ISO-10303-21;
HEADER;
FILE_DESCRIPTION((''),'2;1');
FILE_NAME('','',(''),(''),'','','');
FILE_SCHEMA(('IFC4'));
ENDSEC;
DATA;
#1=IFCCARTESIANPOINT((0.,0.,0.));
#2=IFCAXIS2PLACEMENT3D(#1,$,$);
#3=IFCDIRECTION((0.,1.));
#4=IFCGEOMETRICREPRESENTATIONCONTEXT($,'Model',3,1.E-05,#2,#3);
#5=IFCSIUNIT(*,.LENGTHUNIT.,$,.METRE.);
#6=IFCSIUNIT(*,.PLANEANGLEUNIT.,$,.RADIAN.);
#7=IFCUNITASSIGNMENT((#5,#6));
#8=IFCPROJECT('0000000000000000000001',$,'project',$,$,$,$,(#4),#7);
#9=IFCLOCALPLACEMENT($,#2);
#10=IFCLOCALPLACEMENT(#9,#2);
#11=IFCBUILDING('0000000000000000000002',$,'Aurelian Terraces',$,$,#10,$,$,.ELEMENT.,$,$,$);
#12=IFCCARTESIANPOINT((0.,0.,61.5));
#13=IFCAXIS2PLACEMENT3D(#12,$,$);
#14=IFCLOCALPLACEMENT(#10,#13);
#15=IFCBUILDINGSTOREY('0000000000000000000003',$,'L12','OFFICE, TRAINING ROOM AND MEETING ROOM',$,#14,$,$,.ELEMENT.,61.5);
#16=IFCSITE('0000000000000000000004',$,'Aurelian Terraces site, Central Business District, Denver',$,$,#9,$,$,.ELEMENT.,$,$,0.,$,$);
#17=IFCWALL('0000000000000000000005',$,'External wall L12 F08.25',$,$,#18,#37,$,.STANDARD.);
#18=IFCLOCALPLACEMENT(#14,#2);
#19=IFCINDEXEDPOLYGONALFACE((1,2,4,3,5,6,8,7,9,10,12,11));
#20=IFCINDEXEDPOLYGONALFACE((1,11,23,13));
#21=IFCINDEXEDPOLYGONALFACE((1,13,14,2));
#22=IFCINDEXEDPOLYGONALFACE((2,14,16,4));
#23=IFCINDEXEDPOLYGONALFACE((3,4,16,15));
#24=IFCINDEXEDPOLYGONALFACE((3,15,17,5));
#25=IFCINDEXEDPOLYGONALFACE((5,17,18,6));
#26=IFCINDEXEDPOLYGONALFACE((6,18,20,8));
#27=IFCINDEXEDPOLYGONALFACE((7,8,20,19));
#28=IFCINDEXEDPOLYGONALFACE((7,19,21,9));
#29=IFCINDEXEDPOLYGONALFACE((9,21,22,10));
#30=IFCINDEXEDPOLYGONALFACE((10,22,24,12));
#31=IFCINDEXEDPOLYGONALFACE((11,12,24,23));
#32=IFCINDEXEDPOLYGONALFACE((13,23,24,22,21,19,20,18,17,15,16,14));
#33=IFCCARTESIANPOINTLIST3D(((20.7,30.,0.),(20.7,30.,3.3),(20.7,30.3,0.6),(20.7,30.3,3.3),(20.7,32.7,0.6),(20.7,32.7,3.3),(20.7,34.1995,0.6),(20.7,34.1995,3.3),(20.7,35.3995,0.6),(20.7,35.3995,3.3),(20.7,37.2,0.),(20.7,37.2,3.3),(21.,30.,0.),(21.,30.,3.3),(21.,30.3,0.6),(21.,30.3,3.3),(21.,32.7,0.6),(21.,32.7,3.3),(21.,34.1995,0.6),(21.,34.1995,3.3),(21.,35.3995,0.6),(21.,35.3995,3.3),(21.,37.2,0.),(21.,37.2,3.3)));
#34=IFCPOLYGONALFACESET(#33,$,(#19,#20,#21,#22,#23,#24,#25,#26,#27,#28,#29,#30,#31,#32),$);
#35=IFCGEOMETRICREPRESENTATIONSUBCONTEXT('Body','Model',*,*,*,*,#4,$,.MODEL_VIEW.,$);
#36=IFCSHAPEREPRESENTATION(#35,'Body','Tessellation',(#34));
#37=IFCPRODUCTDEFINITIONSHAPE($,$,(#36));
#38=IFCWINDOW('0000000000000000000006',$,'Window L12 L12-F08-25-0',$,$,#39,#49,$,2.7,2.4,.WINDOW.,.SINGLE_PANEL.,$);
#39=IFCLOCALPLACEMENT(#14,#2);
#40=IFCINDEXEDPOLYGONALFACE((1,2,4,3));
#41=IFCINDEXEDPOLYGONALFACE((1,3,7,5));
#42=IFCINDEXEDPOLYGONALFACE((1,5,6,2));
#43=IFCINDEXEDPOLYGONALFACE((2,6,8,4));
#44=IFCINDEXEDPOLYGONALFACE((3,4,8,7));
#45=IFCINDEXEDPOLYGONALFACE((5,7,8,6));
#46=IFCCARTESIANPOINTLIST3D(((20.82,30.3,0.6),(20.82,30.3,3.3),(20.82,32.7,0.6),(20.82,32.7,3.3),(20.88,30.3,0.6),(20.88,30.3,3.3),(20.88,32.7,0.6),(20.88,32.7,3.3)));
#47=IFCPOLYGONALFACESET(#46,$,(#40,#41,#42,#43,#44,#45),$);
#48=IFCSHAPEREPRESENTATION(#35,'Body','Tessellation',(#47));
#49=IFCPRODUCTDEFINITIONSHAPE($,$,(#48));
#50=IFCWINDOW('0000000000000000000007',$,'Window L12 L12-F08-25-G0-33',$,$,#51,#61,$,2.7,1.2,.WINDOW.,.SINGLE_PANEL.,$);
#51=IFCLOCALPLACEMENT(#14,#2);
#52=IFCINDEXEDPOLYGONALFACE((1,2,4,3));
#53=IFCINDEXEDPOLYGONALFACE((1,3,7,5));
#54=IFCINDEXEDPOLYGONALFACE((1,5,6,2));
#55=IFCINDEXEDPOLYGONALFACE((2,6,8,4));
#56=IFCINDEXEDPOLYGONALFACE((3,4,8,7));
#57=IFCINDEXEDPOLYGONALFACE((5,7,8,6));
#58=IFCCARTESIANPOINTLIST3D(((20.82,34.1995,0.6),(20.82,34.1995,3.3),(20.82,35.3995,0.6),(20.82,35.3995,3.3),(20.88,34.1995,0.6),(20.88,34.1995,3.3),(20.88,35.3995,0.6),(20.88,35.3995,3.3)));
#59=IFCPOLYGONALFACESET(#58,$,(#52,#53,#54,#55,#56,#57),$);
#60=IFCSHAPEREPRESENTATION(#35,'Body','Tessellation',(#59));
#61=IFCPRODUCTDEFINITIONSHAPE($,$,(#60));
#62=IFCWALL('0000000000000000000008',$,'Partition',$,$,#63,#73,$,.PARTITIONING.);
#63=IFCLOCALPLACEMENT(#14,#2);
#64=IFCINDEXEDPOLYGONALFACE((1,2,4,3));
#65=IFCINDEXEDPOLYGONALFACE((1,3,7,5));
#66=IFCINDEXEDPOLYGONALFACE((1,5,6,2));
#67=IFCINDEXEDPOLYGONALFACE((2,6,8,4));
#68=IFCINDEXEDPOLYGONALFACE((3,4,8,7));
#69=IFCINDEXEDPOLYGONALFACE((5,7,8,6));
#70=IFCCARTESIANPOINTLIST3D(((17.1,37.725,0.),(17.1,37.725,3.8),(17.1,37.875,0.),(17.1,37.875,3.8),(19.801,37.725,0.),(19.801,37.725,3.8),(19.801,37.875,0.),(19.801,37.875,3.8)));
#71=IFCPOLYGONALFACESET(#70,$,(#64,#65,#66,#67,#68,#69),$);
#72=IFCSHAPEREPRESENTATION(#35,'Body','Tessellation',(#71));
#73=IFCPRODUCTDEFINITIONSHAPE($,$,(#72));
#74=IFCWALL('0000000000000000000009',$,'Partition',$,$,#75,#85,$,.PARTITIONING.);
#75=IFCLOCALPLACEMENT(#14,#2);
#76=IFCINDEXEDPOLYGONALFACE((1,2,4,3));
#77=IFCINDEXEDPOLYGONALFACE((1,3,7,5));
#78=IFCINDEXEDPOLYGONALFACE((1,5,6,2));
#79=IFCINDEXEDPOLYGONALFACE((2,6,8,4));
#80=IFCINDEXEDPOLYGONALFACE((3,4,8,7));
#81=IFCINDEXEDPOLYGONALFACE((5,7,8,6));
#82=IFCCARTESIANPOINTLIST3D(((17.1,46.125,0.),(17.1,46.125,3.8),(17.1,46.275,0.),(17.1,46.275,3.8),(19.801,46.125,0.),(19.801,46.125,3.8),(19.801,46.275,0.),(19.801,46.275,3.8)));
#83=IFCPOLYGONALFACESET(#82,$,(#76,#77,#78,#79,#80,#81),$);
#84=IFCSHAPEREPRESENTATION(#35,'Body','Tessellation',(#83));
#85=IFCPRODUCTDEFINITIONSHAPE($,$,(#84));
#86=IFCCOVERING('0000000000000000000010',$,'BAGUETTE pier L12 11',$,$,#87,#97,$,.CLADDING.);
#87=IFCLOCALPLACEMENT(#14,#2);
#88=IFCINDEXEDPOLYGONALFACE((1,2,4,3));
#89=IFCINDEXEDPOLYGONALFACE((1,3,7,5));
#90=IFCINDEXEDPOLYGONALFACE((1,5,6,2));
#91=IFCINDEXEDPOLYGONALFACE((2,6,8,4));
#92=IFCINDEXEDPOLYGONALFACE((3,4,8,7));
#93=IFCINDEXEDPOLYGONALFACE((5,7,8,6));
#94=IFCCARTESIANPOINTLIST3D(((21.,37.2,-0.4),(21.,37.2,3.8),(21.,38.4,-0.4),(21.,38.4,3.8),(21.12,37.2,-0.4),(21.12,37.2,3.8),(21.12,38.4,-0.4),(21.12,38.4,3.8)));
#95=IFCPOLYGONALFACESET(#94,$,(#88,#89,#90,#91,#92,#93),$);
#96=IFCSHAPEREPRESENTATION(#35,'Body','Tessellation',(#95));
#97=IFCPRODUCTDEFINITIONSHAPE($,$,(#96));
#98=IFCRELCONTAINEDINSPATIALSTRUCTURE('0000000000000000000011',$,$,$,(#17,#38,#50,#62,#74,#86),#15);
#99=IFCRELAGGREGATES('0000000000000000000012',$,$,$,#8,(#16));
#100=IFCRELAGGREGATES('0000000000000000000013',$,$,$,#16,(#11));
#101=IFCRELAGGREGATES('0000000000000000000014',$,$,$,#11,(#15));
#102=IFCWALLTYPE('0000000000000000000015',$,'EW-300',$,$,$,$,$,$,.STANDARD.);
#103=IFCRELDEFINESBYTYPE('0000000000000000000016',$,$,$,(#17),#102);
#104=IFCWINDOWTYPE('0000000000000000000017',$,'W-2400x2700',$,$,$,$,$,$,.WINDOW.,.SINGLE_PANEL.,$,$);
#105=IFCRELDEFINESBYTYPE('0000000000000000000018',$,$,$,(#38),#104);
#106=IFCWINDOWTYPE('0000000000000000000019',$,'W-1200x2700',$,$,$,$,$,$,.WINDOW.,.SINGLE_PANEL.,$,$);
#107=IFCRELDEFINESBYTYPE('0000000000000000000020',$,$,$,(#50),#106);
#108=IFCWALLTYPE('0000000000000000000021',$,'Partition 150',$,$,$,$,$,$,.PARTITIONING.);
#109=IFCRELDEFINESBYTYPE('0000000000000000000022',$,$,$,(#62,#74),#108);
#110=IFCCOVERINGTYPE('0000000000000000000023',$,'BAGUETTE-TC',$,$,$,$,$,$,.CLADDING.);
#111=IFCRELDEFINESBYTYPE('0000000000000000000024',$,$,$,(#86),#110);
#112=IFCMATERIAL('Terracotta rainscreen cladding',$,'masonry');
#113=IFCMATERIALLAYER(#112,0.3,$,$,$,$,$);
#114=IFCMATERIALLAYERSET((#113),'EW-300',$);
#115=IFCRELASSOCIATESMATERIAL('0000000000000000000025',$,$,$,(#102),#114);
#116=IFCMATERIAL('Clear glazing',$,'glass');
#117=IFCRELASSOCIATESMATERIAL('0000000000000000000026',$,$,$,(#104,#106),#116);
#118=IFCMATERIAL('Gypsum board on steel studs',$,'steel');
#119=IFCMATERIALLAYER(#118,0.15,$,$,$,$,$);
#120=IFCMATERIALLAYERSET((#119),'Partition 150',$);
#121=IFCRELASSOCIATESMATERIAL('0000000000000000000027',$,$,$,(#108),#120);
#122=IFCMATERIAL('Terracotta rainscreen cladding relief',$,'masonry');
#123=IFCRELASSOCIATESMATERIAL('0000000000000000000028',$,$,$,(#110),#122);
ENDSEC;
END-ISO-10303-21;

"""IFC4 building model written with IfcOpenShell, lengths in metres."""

from ifc_helpers import new_model, si_unit, direction, frame, frame_2d, origin, origin_2d, place, context, subcontext, project, spatial, rectangle, extrude, source, transform, mapped, material, layer, layer_set, type_object, element, fill, save


model = new_model("IFC4")

# Units and contexts
model_context = context("Model", 3, precision=1e-05, world=origin(), true_north=direction((0.0, 1.0)))
body_context = subcontext(model_context, "Body", "Model", "MODEL_VIEW")
ifc_project = project(units=[si_unit("LENGTHUNIT", "METRE"), si_unit("PLANEANGLEUNIT", "RADIAN")], contexts=[model_context])

# Site, building, storey
site_placement = place(None, origin())
site = spatial("IfcSite", under=ifc_project, at=site_placement, Name="Aurelian Terraces site, Central Business District, Denver", CompositionType="ELEMENT", RefElevation=0.0)
building_placement = place(site_placement, origin())
building = spatial("IfcBuilding", under=site, at=building_placement, Name="Aurelian Terraces", CompositionType="ELEMENT")
storey_placement = place(building_placement, frame((0.0, 0.0, 61.5)))
storey = spatial("IfcBuildingStorey", under=building, at=storey_placement, Name="L12", Description="OFFICE, TRAINING ROOM AND MEETING ROOM", CompositionType="ELEMENT", Elevation=61.5)

# Wall, openings, windows
ifc_material_1 = material(Name="Terracotta rainscreen cladding", Category="masonry")
ifc_layer_1 = layer(ifc_material_1, 0.3)
ifc_layer_set_1 = layer_set([ifc_layer_1], Name="EW-300")
wall_type_1 = type_object("IfcWallType", Name="EW-300", PredefinedType="STANDARD", material=ifc_layer_set_1)
shared_shape_1 = source(origin(), body_context, "Body", "SweptSolid", [
    extrude(rectangle(XDim=2.4, YDim=2.7, at=frame_2d((1.2, 1.35))), frame((0.0, 0.16, 0.0), z_axis=(0.0, -1.0, 0.0), x_axis=(1.0, 0.0, 0.0)), (0.0, 0.0, 1.0), 0.32),
])
ifc_material_2 = material(Name="Clear glazing", Category="glass")
window_type_1 = type_object("IfcWindowType", Name="W-2400x2700", PartitioningType="SINGLE_PANEL", PredefinedType="WINDOW", material=ifc_material_2)
shared_shape_2 = source(origin(), body_context, "Body", "SweptSolid", [
    extrude(rectangle(XDim=2.4, YDim=2.7, at=frame_2d((1.2, 1.35))), frame((0.0, 0.03, 0.0), z_axis=(0.0, -1.0, 0.0), x_axis=(1.0, 0.0, 0.0)), (0.0, 0.0, 1.0), 0.06),
])
shared_shape_3 = source(origin(), body_context, "Body", "SweptSolid", [
    extrude(rectangle(XDim=7.2, YDim=0.3, at=frame_2d((3.6, 0.0))), origin(), (0.0, 0.0, 1.0), 3.3),
])
wall_1_placement = place(storey_placement, frame((20.85, 30.0, 0.0), z_axis=(0.0, 0.0, 1.0), x_axis=(0.0, 1.0, 0.0)))
wall_1 = element("IfcWall", 1, at=wall_1_placement, inside=storey, type_object=wall_type_1, Name="External wall L12 F08.25", PredefinedType="STANDARD", context=body_context, shape_type="MappedRepresentation", body=[
    mapped(shared_shape_3, transform((0.0, 0.0, 0.0), scale=1.0)),
])
opening_1_placement = place(wall_1_placement, frame((0.3, 0.0, 0.6)))
opening_1 = element("IfcOpeningElement", 2, at=opening_1_placement, cuts=wall_1, PredefinedType="OPENING", context=body_context, shape_type="MappedRepresentation", body=[
    mapped(shared_shape_1, transform((0.0, 0.0, 0.0), scale=1.0)),
])
shared_shape_4 = source(origin(), body_context, "Body", "SweptSolid", [
    extrude(rectangle(XDim=1.2, YDim=2.7, at=frame_2d((0.6, 1.35))), frame((0.0, 0.16, 0.0), z_axis=(0.0, -1.0, 0.0), x_axis=(1.0, 0.0, 0.0)), (0.0, 0.0, 1.0), 0.32),
])
opening_2_placement = place(wall_1_placement, frame((4.1995, 0.0, 0.6)))
opening_2 = element("IfcOpeningElement", 3, at=opening_2_placement, cuts=wall_1, PredefinedType="OPENING", context=body_context, shape_type="MappedRepresentation", body=[
    mapped(shared_shape_4, transform((0.0, 0.0, 0.0), scale=1.0)),
])
window_1_placement = place(opening_1_placement, origin())
window_1 = element("IfcWindow", 4, at=window_1_placement, inside=storey, type_object=window_type_1, Name="Window L12 L12-F08-25-0", OverallHeight=2.7, OverallWidth=2.4, PartitioningType="SINGLE_PANEL", PredefinedType="WINDOW", context=body_context, shape_type="MappedRepresentation", body=[
    mapped(shared_shape_2, transform((0.0, 0.0, 0.0), scale=1.0)),
])
fill(opening_1, window_1)
window_type_2 = type_object("IfcWindowType", Name="W-1200x2700", PartitioningType="SINGLE_PANEL", PredefinedType="WINDOW", material=ifc_material_2)
shared_shape_5 = source(origin(), body_context, "Body", "SweptSolid", [
    extrude(rectangle(XDim=1.2, YDim=2.7, at=frame_2d((0.6, 1.35))), frame((0.0, 0.03, 0.0), z_axis=(0.0, -1.0, 0.0), x_axis=(1.0, 0.0, 0.0)), (0.0, 0.0, 1.0), 0.06),
])
window_2_placement = place(opening_2_placement, origin())
window_2 = element("IfcWindow", 5, at=window_2_placement, inside=storey, type_object=window_type_2, Name="Window L12 L12-F08-25-G0-33", OverallHeight=2.7, OverallWidth=1.2, PartitioningType="SINGLE_PANEL", PredefinedType="WINDOW", context=body_context, shape_type="MappedRepresentation", body=[
    mapped(shared_shape_5, transform((0.0, 0.0, 0.0), scale=1.0)),
])
fill(opening_2, window_2)

# Walls
ifc_material_3 = material(Name="Gypsum board on steel studs", Category="steel")
ifc_layer_2 = layer(ifc_material_3, 0.15)
ifc_layer_set_2 = layer_set([ifc_layer_2], Name="Partition 150")
wall_type_2 = type_object("IfcWallType", Name="Partition 150", PredefinedType="PARTITIONING", material=ifc_layer_set_2)
shared_shape_6 = source(origin(), body_context, "Body", "SweptSolid", [
    extrude(rectangle(XDim=2.701, YDim=0.15, at=frame_2d((1.3505, 0.0))), origin(), (0.0, 0.0, 1.0), 3.8),
])
for number, where, z_axis, x_axis, name in (
    (6, (19.801, 37.8, 0.0), (0.0, 0.0, 1.0), (-1.0, 0.0, 0.0), "Partition"),
    (7, (19.801, 46.2, 0.0), (0.0, 0.0, 1.0), (-1.0, 0.0, 0.0), "Partition"),
):
    element("IfcWall", number, at=place(storey_placement, frame(where, z_axis=z_axis, x_axis=x_axis)), inside=storey, type_object=wall_type_2, Name=name, PredefinedType="PARTITIONING", context=body_context, shape_type="MappedRepresentation", body=[
        mapped(shared_shape_6, transform((0.0, 0.0, 0.0), scale=1.0)),
    ])

# Covering
ifc_material_4 = material(Name="Terracotta rainscreen cladding relief", Category="masonry")
covering_type = type_object("IfcCoveringType", Name="BAGUETTE-TC", PredefinedType="CLADDING", material=ifc_material_4)
shared_shape_7 = source(origin(), body_context, "Body", "SweptSolid", [
    extrude(rectangle(XDim=0.12, YDim=1.2, at=origin_2d()), origin(), (0.0, 0.0, 1.0), 4.2),
])
covering_placement = place(storey_placement, frame((21.06, 37.8, -0.4), z_axis=(0.0, 0.0, 1.0), x_axis=(1.0, 0.0, 0.0)))
element("IfcCovering", 8, at=covering_placement, inside=storey, type_object=covering_type, Name="BAGUETTE pier L12 11", PredefinedType="CLADDING", context=body_context, shape_type="MappedRepresentation", body=[
    mapped(shared_shape_7, transform((0.0, 0.0, 0.0), scale=1.0)),
])

save(model, "model.ifc")
